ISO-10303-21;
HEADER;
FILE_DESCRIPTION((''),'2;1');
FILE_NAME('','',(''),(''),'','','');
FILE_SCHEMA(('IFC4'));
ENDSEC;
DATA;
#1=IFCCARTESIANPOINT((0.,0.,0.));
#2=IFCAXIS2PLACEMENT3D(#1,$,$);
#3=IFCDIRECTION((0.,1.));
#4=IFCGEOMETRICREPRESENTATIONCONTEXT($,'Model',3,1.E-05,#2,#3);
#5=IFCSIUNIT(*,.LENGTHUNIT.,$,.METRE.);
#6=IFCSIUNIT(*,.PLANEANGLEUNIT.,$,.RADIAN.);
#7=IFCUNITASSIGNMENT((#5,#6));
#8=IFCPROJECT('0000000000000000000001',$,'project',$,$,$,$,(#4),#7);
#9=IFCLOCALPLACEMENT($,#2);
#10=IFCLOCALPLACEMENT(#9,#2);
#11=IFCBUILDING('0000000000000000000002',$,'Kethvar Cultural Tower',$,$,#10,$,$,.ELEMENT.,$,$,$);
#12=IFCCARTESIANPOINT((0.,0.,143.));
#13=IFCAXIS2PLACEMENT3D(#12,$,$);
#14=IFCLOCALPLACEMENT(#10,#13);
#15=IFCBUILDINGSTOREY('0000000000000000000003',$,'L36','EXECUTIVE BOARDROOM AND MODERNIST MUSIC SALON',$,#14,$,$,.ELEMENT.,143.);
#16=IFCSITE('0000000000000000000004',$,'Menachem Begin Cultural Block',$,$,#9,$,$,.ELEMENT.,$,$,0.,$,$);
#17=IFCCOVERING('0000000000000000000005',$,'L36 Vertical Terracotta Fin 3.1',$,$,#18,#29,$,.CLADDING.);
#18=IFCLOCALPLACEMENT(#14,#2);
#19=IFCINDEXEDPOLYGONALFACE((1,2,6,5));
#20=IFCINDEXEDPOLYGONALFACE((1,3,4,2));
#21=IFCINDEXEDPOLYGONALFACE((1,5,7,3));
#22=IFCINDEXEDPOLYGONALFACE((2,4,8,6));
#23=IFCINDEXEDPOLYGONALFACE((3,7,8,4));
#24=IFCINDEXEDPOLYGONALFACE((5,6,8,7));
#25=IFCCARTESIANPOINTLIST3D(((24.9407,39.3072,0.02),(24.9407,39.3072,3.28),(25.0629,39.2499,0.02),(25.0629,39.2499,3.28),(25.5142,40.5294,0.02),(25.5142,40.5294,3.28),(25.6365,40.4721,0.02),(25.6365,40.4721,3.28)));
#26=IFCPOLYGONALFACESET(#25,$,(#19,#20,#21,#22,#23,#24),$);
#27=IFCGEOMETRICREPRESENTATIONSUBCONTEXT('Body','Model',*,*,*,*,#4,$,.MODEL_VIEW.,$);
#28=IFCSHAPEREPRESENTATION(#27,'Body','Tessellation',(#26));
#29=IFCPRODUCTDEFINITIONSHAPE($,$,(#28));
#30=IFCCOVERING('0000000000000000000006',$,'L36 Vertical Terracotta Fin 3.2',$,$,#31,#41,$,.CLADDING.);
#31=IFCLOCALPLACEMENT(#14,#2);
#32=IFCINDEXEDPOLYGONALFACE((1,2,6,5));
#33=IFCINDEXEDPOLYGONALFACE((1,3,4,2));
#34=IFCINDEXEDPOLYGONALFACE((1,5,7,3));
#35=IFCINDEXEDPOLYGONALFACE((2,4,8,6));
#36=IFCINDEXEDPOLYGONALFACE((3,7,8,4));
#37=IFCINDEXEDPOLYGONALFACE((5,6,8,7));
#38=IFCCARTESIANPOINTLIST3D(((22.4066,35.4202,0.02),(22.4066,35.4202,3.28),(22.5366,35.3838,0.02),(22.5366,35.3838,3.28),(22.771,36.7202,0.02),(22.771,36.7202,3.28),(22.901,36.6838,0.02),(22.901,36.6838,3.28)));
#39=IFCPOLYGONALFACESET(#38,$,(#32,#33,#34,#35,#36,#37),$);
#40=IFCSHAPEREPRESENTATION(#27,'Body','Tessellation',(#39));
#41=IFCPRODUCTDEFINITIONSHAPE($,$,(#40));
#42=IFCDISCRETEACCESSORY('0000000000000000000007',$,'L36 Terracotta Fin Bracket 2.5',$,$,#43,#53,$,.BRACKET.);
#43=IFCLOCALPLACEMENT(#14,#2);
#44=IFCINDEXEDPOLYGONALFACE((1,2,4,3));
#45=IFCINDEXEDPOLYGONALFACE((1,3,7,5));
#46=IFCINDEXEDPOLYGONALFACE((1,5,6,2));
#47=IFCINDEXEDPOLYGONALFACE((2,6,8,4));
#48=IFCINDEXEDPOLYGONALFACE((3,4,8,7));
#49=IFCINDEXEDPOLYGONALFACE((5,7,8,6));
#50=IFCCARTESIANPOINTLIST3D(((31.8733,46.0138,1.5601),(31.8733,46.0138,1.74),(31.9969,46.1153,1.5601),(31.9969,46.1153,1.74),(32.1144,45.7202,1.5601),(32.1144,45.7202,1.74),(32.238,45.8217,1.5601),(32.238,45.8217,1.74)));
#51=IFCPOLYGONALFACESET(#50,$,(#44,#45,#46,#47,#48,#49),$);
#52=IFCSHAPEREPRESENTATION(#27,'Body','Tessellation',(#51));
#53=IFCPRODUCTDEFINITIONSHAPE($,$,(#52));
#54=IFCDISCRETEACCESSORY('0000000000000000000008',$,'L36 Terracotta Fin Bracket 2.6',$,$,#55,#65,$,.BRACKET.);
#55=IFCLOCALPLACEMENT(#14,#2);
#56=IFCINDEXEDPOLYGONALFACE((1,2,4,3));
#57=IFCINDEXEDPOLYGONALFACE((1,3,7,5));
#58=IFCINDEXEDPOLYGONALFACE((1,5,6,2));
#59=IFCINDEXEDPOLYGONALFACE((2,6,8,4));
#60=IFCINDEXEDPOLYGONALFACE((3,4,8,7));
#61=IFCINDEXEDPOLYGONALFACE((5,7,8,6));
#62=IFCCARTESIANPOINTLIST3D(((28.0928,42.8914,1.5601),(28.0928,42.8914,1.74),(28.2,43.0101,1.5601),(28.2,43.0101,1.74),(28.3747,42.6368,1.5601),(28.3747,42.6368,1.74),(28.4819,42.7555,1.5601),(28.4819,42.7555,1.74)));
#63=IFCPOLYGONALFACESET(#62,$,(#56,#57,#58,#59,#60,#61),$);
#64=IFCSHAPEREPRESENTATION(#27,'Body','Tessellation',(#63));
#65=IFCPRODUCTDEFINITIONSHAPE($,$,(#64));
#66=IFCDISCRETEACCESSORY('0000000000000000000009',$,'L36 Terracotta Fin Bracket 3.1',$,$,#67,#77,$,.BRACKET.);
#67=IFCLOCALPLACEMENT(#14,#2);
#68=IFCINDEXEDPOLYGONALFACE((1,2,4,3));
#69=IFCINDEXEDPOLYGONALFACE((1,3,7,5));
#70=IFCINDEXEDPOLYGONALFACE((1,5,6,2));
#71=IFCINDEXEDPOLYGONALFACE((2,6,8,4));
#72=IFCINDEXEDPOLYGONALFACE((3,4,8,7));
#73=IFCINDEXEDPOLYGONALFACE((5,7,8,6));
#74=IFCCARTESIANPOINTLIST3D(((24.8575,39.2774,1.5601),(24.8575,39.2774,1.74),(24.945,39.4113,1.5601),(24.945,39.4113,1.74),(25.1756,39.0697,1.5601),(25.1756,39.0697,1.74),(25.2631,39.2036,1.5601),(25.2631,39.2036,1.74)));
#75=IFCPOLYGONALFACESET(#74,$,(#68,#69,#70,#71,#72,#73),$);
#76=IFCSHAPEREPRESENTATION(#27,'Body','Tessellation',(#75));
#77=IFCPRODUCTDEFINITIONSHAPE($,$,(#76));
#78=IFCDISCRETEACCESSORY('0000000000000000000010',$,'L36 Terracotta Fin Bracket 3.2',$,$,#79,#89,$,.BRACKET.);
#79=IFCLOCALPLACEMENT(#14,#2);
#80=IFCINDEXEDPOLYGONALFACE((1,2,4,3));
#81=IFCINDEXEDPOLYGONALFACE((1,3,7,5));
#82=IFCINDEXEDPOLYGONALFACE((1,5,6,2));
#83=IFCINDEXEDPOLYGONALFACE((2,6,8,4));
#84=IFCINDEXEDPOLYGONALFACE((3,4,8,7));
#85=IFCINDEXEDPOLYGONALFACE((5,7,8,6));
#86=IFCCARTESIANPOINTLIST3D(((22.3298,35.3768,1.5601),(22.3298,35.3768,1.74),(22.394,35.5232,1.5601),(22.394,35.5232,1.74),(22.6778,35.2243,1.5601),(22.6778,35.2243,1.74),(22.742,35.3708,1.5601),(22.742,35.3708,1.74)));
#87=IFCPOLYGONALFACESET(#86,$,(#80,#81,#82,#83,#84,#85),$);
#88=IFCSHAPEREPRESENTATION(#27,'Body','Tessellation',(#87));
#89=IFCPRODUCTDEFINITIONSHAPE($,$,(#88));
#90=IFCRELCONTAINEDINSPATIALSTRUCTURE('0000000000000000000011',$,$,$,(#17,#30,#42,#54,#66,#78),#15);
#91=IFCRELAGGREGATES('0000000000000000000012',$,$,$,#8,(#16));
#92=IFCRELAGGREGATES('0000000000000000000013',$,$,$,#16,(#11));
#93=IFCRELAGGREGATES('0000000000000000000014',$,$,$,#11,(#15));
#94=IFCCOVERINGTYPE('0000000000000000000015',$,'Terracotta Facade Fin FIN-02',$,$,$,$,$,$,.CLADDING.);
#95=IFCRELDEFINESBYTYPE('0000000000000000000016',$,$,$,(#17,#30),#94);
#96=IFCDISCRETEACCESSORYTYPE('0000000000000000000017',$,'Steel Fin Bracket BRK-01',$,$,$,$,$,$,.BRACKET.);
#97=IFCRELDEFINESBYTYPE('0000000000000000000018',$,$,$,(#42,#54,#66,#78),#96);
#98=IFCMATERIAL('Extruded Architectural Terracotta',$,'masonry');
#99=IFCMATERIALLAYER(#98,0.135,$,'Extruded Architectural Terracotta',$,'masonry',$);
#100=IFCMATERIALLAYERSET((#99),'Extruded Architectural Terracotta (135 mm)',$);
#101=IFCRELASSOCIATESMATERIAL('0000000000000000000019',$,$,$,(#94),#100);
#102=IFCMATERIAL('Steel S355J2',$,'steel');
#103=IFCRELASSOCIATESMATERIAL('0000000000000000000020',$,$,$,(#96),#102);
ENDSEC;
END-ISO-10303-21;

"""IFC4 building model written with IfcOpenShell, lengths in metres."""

from ifc_helpers import new_model, si_unit, direction, frame, origin, origin_2d, place, context, subcontext, project, spatial, rectangle, extrude, source, transform, mapped, material, layer, layer_set, type_object, element, save


model = new_model("IFC4")

# Units and contexts
model_context = context("Model", 3, precision=1e-05, world=origin(), true_north=direction((0.0, 1.0)))
body_context = subcontext(model_context, "Body", "Model", "MODEL_VIEW")
ifc_project = project(units=[si_unit("LENGTHUNIT", "METRE"), si_unit("PLANEANGLEUNIT", "RADIAN")], contexts=[model_context])

# Site, building, storey
site_placement = place(None, origin())
site = spatial("IfcSite", under=ifc_project, at=site_placement, Name="Menachem Begin Cultural Block", CompositionType="ELEMENT", RefElevation=0.0)
building_placement = place(site_placement, origin())
building = spatial("IfcBuilding", under=site, at=building_placement, Name="Kethvar Cultural Tower", CompositionType="ELEMENT")
storey_placement = place(building_placement, frame((0.0, 0.0, 143.0)))
storey = spatial("IfcBuildingStorey", under=building, at=storey_placement, Name="L36", Description="EXECUTIVE BOARDROOM AND MODERNIST MUSIC SALON", CompositionType="ELEMENT", Elevation=143.0)

# Shared definitions
ifc_material_1 = material(Name="Steel S355J2", Category="steel")

# Coverings
ifc_material_2 = material(Name="Extruded Architectural Terracotta", Category="masonry")
ifc_layer_1 = layer(ifc_material_2, 0.135, Name="Extruded Architectural Terracotta", Category="masonry")
ifc_layer_set_1 = layer_set([ifc_layer_1], Name="Extruded Architectural Terracotta (135 mm)")
covering_type = type_object("IfcCoveringType", Name="Terracotta Facade Fin FIN-02", PredefinedType="CLADDING", material=ifc_layer_set_1)
shared_shape_1 = source(origin(), body_context, "Body", "SweptSolid", [
    extrude(rectangle(XDim=1.3501, YDim=0.135, at=origin_2d()), origin(), (0.0, 0.0, 1.0), 3.26),
])
for number, where, z_axis, x_axis, name in (
    (1, (25.2886, 39.8896, 0.02), (0.0, 0.0, 1.0), (0.424832, 0.905272, 0.0), "L36 Vertical Terracotta Fin 3.1"),
    (2, (22.6538, 36.052, 0.02), (0.0, 0.0, 1.0), (0.269928, 0.96288, 0.0), "L36 Vertical Terracotta Fin 3.2"),
):
    element("IfcCovering", number, at=place(storey_placement, frame(where, z_axis=z_axis, x_axis=x_axis)), inside=storey, type_object=covering_type, Name=name, PredefinedType="CLADDING", context=body_context, shape_type="MappedRepresentation", body=[
        mapped(shared_shape_1, transform((0.0, 0.0, 0.0), scale=1.0)),
    ])

# Discrete accessories
discrete_accessory_type = type_object("IfcDiscreteAccessoryType", Name="Steel Fin Bracket BRK-01", PredefinedType="BRACKET", material=ifc_material_1)
shared_shape_2 = source(origin(), body_context, "Body", "SweptSolid", [
    extrude(rectangle(XDim=0.3799, YDim=0.1599, at=origin_2d()), origin(), (0.0, 0.0, 1.0), 0.1799),
])
for number, where, z_axis, x_axis, name in (
    (3, (32.0557, 45.9177, 1.5601), (0.0, 0.0, 1.0), (-0.634596, 0.772844, 0.0), "L36 Terracotta Fin Bracket 2.5"),
    (4, (28.2874, 42.8235, 1.5601), (0.0, 0.0, 1.0), (-0.74221, 0.670168, 0.0), "L36 Terracotta Fin Bracket 2.6"),
    (5, (25.0603, 39.2405, 1.5601), (0.0, 0.0, 1.0), (-0.837337, 0.546687, 0.0), "L36 Terracotta Fin Bracket 3.1"),
    (6, (22.5359, 35.3738, 1.5601), (0.0, 0.0, 1.0), (-0.915943, 0.401308, 0.0), "L36 Terracotta Fin Bracket 3.2"),
):
    element("IfcDiscreteAccessory", number, at=place(storey_placement, frame(where, z_axis=z_axis, x_axis=x_axis)), inside=storey, type_object=discrete_accessory_type, Name=name, PredefinedType="BRACKET", context=body_context, shape_type="MappedRepresentation", body=[
        mapped(shared_shape_2, transform((0.0, 0.0, 0.0), scale=1.0)),
    ])

save(model, "model.ifc")
